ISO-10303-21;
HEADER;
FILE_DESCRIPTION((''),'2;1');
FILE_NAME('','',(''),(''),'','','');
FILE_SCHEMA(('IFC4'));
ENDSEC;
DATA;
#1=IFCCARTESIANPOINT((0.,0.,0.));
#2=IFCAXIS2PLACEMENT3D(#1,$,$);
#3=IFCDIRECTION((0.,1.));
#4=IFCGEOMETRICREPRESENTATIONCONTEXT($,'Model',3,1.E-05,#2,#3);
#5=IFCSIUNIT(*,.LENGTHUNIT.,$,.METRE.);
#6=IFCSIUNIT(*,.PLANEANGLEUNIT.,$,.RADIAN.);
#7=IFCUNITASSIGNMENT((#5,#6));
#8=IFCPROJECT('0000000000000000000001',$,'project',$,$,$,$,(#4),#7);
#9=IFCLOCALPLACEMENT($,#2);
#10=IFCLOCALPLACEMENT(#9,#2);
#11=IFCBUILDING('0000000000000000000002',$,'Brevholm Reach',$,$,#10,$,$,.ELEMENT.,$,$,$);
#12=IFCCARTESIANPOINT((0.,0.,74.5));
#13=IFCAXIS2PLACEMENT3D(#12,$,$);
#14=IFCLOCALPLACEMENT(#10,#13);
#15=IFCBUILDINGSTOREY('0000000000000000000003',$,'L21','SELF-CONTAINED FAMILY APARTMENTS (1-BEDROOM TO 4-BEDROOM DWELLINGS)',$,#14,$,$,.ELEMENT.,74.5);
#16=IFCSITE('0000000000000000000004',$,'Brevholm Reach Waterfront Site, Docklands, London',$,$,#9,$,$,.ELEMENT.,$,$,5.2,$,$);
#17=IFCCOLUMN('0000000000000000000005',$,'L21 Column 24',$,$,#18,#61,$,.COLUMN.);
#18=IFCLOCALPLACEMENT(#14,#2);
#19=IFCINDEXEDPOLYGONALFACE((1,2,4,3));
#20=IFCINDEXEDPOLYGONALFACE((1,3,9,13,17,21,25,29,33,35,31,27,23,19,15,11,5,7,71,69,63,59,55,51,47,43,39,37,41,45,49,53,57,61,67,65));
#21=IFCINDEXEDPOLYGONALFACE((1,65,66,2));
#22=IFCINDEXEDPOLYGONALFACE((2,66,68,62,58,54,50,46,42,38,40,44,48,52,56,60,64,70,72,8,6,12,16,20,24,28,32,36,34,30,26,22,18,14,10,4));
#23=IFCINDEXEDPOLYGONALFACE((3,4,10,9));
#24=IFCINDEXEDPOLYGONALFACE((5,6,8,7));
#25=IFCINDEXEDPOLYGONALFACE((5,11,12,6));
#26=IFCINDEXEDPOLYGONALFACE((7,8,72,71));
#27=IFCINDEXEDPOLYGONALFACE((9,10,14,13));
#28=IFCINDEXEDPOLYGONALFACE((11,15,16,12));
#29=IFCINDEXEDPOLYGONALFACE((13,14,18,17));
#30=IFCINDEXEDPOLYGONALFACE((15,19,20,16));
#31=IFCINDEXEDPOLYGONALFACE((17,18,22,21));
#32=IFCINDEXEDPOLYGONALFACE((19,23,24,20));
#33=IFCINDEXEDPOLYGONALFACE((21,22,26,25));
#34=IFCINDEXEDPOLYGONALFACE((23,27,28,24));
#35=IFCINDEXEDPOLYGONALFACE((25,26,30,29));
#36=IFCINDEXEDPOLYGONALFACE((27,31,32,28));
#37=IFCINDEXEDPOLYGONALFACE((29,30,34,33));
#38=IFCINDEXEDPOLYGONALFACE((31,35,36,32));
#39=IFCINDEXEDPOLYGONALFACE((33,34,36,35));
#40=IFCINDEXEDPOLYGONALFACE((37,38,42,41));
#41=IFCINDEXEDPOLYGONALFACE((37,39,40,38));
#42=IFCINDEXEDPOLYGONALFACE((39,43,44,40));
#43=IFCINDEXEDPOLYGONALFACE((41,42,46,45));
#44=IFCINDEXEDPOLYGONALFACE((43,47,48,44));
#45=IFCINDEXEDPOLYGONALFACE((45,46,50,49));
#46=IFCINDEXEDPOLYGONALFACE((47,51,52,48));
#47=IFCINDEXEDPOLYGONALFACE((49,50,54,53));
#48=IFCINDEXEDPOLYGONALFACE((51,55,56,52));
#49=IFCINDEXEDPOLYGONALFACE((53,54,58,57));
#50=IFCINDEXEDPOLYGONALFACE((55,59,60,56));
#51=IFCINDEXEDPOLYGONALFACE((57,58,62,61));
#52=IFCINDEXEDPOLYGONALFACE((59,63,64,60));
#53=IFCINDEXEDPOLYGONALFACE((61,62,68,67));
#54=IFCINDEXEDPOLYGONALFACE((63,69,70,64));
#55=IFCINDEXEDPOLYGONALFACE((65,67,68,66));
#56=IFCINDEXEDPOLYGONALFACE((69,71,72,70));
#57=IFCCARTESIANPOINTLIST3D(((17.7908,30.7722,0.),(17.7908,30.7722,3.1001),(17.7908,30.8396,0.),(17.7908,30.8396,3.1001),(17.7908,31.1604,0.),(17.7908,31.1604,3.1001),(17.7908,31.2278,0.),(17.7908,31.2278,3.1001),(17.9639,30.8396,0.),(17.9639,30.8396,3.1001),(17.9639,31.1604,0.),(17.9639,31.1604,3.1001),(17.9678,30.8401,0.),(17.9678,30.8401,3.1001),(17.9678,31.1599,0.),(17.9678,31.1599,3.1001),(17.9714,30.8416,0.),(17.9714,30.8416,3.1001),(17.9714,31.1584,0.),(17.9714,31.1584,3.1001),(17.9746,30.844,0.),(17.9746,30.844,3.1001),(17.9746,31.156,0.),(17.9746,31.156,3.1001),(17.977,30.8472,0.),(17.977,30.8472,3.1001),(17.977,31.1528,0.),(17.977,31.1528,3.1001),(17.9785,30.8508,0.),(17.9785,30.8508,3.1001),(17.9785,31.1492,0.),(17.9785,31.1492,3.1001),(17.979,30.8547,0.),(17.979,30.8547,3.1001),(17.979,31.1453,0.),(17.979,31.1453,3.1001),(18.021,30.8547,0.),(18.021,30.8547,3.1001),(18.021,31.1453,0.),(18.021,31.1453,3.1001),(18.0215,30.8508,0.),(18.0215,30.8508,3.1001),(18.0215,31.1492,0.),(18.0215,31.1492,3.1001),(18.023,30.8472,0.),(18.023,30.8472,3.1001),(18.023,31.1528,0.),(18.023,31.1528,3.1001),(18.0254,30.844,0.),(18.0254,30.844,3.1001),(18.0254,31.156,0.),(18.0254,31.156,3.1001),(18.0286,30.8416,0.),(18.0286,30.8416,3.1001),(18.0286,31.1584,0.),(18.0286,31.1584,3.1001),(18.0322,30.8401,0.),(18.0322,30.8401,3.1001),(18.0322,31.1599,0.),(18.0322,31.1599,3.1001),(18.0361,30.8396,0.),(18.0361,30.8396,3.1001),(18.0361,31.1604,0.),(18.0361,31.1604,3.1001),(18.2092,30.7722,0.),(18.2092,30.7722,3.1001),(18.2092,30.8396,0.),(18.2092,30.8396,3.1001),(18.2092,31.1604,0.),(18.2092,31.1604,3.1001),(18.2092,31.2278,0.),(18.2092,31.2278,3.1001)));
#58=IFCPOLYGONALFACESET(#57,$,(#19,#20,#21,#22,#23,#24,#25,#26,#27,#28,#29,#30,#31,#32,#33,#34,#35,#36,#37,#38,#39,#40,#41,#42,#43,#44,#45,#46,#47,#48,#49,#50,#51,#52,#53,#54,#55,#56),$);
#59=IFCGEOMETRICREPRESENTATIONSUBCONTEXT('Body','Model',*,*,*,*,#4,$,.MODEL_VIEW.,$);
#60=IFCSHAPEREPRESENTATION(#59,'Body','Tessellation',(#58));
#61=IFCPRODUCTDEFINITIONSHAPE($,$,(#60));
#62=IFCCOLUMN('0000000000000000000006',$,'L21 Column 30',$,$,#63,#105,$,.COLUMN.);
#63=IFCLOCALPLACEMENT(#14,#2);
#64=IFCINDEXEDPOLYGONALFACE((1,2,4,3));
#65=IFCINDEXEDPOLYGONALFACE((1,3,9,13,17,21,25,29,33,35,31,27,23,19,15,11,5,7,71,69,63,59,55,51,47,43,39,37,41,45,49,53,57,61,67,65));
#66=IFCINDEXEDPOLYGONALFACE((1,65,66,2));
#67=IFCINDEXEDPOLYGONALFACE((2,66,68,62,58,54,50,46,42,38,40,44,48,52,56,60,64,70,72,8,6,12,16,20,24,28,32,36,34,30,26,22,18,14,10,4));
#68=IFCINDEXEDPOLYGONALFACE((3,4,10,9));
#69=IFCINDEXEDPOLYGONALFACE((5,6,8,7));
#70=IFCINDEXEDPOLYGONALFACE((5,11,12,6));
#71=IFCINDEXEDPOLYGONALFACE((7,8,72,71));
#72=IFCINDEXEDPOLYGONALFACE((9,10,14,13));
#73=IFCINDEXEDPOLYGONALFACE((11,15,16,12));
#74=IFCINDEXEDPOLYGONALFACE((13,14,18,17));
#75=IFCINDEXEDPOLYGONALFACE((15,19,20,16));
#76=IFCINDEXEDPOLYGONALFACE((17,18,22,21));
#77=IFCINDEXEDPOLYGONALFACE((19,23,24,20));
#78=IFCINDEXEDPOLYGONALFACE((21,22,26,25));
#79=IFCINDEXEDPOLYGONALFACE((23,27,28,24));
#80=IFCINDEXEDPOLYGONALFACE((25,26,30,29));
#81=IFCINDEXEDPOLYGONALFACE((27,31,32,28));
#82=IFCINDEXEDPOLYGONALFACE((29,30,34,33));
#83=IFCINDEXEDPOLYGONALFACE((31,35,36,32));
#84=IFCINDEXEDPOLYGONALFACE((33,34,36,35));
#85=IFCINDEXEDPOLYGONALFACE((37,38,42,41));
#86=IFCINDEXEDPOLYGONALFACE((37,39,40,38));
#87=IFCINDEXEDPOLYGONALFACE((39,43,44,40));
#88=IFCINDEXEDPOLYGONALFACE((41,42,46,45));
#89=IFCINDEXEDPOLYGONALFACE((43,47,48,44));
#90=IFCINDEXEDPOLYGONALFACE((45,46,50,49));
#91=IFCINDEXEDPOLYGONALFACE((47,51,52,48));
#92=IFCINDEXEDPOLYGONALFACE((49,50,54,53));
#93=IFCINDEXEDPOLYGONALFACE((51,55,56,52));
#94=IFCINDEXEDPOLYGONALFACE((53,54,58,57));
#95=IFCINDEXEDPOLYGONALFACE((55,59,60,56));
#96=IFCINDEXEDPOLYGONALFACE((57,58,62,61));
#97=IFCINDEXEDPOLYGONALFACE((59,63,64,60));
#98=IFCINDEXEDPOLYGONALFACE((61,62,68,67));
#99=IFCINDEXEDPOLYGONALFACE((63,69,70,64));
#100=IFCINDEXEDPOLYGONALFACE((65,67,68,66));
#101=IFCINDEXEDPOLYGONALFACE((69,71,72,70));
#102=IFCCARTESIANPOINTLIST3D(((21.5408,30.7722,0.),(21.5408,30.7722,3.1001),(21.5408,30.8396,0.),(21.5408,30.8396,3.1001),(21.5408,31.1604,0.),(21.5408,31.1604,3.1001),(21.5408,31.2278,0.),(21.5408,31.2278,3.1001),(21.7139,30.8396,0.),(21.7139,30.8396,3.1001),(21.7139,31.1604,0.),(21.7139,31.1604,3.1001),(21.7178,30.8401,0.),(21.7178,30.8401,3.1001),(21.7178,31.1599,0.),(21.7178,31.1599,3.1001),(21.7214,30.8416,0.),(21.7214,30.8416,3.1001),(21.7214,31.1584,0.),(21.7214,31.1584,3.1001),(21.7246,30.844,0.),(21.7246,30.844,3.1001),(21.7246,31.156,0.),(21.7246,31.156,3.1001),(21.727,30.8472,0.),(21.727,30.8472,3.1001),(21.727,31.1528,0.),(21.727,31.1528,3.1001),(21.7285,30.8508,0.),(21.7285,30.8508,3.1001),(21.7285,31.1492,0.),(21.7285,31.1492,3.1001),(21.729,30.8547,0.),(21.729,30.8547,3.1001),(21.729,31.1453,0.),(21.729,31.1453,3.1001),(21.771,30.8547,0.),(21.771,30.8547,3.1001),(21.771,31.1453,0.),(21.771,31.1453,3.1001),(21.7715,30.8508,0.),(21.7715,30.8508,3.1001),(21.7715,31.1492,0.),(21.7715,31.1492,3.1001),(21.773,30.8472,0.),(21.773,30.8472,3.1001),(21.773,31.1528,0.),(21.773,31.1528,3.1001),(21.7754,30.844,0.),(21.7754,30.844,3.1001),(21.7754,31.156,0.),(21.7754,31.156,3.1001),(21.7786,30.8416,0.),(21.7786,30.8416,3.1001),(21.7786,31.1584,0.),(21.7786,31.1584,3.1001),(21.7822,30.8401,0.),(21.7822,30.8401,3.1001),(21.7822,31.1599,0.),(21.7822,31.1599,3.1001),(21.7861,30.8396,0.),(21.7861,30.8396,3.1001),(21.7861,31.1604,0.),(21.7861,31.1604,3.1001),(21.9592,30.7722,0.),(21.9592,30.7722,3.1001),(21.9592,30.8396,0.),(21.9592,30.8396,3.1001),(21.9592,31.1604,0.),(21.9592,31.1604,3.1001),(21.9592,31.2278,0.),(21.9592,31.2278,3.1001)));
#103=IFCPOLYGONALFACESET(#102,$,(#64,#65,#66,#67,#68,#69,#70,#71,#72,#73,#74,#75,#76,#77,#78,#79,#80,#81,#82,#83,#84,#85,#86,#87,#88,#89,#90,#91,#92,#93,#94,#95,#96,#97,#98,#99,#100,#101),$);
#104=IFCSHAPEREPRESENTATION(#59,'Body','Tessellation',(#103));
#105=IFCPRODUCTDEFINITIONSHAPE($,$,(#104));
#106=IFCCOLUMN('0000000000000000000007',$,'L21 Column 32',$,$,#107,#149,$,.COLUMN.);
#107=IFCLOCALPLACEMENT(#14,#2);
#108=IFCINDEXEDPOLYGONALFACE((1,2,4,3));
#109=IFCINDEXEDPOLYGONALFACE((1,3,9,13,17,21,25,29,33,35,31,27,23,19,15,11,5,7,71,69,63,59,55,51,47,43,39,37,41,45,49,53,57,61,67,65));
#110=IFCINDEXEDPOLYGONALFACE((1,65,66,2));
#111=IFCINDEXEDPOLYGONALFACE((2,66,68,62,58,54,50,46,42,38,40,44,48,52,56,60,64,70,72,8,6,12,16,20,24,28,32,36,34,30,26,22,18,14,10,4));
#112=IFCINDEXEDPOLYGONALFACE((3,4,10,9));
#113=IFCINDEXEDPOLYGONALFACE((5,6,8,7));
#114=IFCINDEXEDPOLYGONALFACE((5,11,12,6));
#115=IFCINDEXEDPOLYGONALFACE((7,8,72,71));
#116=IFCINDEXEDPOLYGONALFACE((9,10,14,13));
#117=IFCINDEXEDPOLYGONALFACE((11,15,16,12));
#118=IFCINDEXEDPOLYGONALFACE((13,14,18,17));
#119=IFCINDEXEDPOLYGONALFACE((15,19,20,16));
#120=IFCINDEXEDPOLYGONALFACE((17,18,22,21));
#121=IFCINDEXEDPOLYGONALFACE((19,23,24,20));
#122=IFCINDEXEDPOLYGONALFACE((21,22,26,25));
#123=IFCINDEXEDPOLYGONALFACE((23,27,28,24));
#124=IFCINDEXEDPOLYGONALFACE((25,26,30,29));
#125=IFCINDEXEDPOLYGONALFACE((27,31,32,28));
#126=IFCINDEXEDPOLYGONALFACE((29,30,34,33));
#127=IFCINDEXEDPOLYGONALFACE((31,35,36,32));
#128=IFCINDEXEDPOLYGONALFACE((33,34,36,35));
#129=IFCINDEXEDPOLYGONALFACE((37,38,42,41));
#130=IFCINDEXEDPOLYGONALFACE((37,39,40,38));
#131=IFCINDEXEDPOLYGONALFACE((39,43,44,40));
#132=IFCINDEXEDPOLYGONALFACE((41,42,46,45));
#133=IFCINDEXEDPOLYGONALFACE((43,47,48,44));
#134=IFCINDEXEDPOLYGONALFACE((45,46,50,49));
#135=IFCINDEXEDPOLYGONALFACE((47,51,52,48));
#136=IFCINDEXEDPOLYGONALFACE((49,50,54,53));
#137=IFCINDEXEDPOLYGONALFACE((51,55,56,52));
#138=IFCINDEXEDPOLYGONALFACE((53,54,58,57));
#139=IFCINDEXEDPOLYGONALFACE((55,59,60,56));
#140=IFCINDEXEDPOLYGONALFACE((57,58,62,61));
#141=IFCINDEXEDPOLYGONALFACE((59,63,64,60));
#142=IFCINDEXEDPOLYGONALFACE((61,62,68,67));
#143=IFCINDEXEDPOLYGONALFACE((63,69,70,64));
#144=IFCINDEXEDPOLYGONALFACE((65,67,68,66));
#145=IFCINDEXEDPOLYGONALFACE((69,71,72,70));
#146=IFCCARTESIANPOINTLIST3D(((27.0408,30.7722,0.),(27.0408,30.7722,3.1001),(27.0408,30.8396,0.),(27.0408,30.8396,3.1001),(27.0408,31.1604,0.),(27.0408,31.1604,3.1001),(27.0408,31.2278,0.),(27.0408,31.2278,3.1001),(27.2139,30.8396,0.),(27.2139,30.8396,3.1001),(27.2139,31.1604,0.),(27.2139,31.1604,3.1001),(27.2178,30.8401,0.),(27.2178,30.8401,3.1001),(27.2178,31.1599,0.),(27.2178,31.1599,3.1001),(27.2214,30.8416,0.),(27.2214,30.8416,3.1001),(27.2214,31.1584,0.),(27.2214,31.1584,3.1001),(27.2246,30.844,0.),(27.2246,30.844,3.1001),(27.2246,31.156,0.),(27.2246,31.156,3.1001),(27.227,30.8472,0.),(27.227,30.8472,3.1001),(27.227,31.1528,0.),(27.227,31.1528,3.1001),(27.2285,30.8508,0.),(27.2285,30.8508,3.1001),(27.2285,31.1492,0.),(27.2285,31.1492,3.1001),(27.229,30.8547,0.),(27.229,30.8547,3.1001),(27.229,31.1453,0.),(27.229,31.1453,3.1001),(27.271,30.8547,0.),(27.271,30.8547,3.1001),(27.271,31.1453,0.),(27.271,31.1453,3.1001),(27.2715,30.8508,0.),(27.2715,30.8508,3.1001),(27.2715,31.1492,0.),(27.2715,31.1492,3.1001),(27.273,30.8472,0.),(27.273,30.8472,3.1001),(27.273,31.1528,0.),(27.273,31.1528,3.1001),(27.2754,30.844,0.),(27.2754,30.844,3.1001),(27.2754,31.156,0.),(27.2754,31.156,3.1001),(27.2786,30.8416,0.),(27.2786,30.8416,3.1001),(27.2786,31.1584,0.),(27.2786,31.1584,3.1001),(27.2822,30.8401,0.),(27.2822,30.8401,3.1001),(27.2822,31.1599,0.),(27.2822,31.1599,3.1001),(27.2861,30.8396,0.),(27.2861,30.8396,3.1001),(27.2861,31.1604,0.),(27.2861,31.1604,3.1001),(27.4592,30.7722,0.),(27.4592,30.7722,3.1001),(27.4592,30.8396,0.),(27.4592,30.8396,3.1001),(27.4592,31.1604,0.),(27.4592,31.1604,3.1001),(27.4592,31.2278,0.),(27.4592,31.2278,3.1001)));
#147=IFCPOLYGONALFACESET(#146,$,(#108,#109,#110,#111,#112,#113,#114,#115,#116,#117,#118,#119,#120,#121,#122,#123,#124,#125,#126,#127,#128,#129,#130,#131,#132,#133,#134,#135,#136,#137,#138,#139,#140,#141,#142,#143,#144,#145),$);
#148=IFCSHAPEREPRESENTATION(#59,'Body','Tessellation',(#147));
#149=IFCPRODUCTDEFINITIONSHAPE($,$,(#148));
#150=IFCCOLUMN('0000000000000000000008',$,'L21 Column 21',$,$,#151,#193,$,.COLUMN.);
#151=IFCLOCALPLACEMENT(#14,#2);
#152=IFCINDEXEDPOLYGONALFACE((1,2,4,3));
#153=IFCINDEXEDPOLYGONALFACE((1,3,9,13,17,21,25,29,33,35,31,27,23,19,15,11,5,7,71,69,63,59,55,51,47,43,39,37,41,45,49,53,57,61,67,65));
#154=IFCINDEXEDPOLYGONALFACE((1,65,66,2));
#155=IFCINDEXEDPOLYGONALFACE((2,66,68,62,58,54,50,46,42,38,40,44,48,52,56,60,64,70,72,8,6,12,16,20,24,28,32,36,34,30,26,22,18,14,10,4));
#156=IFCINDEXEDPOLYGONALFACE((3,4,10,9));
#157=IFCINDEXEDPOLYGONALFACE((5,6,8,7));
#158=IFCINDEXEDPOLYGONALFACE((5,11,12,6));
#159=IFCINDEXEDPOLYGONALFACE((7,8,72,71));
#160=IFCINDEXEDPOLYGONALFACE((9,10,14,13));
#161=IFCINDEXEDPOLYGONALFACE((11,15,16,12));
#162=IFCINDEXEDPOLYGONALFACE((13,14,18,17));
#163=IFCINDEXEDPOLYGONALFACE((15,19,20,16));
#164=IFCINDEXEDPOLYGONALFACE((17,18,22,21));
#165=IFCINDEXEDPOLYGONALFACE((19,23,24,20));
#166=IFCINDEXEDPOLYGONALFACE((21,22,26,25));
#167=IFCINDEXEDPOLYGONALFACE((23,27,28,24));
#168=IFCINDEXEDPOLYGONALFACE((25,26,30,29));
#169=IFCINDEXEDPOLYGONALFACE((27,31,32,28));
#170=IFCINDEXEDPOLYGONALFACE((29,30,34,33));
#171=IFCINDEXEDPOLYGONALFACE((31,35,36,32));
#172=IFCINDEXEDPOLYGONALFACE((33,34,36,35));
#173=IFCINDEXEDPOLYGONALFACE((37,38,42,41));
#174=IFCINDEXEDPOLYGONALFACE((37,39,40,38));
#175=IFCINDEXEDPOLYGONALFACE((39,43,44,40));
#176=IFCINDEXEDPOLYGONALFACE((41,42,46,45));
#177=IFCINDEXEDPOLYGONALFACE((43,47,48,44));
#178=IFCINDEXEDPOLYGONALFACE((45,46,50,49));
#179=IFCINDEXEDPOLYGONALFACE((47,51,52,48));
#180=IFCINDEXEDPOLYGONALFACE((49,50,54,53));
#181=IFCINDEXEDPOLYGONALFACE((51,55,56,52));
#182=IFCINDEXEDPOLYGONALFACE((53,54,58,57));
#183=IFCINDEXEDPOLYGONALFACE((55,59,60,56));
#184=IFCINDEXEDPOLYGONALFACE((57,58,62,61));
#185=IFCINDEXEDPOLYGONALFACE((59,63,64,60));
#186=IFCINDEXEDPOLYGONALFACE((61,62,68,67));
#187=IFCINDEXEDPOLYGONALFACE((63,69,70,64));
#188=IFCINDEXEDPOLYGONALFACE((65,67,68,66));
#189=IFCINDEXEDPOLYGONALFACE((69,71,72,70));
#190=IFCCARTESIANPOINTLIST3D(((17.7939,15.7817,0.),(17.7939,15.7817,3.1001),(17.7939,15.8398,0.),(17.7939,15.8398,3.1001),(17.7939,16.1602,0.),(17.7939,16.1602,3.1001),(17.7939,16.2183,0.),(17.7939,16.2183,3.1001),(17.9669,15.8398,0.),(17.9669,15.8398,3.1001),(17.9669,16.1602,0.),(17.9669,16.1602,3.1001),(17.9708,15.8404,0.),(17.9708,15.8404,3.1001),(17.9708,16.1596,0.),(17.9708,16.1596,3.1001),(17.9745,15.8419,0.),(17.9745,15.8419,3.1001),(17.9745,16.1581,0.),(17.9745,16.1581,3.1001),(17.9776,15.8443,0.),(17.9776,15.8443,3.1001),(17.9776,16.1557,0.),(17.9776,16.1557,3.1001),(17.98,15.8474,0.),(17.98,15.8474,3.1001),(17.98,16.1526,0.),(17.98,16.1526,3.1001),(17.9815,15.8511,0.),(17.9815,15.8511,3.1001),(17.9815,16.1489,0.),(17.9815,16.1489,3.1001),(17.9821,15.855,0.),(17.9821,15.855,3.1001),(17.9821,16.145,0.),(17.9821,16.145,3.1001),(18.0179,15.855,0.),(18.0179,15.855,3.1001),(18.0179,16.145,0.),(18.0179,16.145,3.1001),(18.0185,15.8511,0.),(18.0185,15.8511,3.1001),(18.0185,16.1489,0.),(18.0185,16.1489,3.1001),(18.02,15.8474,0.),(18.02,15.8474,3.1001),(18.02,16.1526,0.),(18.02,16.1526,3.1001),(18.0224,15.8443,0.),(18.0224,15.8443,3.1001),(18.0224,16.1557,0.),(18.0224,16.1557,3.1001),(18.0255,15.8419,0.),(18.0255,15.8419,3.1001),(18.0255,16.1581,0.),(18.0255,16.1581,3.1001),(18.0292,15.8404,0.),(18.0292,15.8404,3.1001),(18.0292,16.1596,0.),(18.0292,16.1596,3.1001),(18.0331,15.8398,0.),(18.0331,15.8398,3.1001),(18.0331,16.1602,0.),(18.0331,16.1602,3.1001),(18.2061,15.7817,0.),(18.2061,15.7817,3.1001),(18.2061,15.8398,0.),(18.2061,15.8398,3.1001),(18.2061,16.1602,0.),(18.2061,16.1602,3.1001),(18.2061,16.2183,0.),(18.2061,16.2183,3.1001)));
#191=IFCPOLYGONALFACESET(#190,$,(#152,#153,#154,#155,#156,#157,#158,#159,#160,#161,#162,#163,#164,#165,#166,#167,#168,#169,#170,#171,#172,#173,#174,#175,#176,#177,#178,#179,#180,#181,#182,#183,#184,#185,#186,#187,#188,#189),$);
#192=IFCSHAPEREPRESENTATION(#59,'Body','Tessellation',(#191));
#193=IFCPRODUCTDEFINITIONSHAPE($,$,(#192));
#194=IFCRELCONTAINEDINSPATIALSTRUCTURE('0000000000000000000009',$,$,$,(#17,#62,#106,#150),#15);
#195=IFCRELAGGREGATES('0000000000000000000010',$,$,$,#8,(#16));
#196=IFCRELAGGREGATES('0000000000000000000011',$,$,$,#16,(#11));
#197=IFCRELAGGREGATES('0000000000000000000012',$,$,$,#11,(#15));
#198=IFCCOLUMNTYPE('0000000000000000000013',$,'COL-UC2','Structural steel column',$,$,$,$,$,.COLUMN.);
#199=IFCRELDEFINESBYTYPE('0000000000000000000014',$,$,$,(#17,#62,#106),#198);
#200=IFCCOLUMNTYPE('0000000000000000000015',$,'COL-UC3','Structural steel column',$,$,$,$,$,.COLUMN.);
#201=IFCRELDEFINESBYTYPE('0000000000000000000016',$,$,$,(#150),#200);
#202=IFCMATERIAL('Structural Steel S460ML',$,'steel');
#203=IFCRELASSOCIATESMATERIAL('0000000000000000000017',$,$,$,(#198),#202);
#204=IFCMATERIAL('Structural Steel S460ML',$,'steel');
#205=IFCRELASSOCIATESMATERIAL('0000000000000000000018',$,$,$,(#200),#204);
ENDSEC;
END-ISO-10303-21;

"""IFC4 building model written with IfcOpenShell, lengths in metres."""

from ifc_helpers import new_model, si_unit, direction, frame, origin, origin_2d, place, context, subcontext, project, spatial, i_section, extrude, material, material_profile, profile_set, type_object, element, save


model = new_model("IFC4")

# Units and contexts
model_context = context("Model", 3, precision=1e-05, world=origin(), true_north=direction((0.0, 1.0)))
body_context = subcontext(model_context, "Body", "Model", "MODEL_VIEW")
ifc_project = project(units=[si_unit("LENGTHUNIT", "METRE"), si_unit("PLANEANGLEUNIT", "RADIAN")], contexts=[model_context])

# Site, building, storey
site_placement = place(None, origin())
site = spatial("IfcSite", under=ifc_project, at=site_placement, Name="Brevholm Reach Waterfront Site, Docklands, London", CompositionType="ELEMENT", RefElevation=5.2)
building_placement = place(site_placement, origin())
building = spatial("IfcBuilding", under=site, at=building_placement, Name="Brevholm Reach", CompositionType="ELEMENT")
storey_placement = place(building_placement, frame((0.0, 0.0, 74.5)))
storey = spatial("IfcBuildingStorey", under=building, at=storey_placement, Name="L21", Description="SELF-CONTAINED FAMILY APARTMENTS (1-BEDROOM TO 4-BEDROOM DWELLINGS)", CompositionType="ELEMENT", Elevation=74.5)

# Columns
ifc_material_1 = material(Name="Structural Steel S460ML", Category="steel")
ifc_material_profile_1 = material_profile(ifc_material_1, i_section(OverallWidth=0.4185, OverallDepth=0.4556, WebThickness=0.042, FlangeThickness=0.0674, FilletRadius=0.0151, at=origin_2d()), Name="UKC 356x406x551")
ifc_profile_set_1 = profile_set([ifc_material_profile_1], Name="Structural Steel S460ML")
column_type_1 = type_object("IfcColumnType", Name="COL-UC2", Description="Structural steel column", PredefinedType="COLUMN", material=ifc_profile_set_1)
for number, where, z_axis, x_axis, name in (
    (1, (18.0, 31.0, 0.0), (0.0, 0.0, 1.0), (1.0, 0.0, 0.0), "L21 Column 24"),
    (2, (21.75, 31.0, 0.0), (0.0, 0.0, 1.0), (1.0, 0.0, 0.0), "L21 Column 30"),
    (3, (27.25, 31.0, 0.0), (0.0, 0.0, 1.0), (1.0, 0.0, 0.0), "L21 Column 32"),
):
    element("IfcColumn", number, at=place(storey_placement, frame(where, z_axis=z_axis, x_axis=x_axis)), inside=storey, type_object=column_type_1, Name=name, PredefinedType="COLUMN", context=body_context, shape_type="SweptSolid", body=[
        extrude(i_section(OverallWidth=0.4185, OverallDepth=0.4556, WebThickness=0.042, FlangeThickness=0.0674, FilletRadius=0.0151, at=origin_2d()), origin(), (0.0, 0.0, 1.0), 3.1001),
    ])
ifc_material_2 = material(Name="Structural Steel S460ML", Category="steel")
ifc_material_profile_2 = material_profile(ifc_material_2, i_section(OverallWidth=0.4121, OverallDepth=0.4365, WebThickness=0.0359, FlangeThickness=0.0581, FilletRadius=0.0151, at=origin_2d()), Name="UKC 356x406x467")
ifc_profile_set_2 = profile_set([ifc_material_profile_2], Name="Structural Steel S460ML")
column_type_2 = type_object("IfcColumnType", Name="COL-UC3", Description="Structural steel column", PredefinedType="COLUMN", material=ifc_profile_set_2)
for number, where, z_axis, x_axis, name in (
    (4, (18.0, 16.0, 0.0), (0.0, 0.0, 1.0), (1.0, 0.0, 0.0), "L21 Column 21"),
):
    element("IfcColumn", number, at=place(storey_placement, frame(where, z_axis=z_axis, x_axis=x_axis)), inside=storey, type_object=column_type_2, Name=name, PredefinedType="COLUMN", context=body_context, shape_type="SweptSolid", body=[
        extrude(i_section(OverallWidth=0.4121, OverallDepth=0.4365, WebThickness=0.0359, FlangeThickness=0.0581, FilletRadius=0.0151, at=origin_2d()), origin(), (0.0, 0.0, 1.0), 3.1001),
    ])

save(model, "model.ifc")
